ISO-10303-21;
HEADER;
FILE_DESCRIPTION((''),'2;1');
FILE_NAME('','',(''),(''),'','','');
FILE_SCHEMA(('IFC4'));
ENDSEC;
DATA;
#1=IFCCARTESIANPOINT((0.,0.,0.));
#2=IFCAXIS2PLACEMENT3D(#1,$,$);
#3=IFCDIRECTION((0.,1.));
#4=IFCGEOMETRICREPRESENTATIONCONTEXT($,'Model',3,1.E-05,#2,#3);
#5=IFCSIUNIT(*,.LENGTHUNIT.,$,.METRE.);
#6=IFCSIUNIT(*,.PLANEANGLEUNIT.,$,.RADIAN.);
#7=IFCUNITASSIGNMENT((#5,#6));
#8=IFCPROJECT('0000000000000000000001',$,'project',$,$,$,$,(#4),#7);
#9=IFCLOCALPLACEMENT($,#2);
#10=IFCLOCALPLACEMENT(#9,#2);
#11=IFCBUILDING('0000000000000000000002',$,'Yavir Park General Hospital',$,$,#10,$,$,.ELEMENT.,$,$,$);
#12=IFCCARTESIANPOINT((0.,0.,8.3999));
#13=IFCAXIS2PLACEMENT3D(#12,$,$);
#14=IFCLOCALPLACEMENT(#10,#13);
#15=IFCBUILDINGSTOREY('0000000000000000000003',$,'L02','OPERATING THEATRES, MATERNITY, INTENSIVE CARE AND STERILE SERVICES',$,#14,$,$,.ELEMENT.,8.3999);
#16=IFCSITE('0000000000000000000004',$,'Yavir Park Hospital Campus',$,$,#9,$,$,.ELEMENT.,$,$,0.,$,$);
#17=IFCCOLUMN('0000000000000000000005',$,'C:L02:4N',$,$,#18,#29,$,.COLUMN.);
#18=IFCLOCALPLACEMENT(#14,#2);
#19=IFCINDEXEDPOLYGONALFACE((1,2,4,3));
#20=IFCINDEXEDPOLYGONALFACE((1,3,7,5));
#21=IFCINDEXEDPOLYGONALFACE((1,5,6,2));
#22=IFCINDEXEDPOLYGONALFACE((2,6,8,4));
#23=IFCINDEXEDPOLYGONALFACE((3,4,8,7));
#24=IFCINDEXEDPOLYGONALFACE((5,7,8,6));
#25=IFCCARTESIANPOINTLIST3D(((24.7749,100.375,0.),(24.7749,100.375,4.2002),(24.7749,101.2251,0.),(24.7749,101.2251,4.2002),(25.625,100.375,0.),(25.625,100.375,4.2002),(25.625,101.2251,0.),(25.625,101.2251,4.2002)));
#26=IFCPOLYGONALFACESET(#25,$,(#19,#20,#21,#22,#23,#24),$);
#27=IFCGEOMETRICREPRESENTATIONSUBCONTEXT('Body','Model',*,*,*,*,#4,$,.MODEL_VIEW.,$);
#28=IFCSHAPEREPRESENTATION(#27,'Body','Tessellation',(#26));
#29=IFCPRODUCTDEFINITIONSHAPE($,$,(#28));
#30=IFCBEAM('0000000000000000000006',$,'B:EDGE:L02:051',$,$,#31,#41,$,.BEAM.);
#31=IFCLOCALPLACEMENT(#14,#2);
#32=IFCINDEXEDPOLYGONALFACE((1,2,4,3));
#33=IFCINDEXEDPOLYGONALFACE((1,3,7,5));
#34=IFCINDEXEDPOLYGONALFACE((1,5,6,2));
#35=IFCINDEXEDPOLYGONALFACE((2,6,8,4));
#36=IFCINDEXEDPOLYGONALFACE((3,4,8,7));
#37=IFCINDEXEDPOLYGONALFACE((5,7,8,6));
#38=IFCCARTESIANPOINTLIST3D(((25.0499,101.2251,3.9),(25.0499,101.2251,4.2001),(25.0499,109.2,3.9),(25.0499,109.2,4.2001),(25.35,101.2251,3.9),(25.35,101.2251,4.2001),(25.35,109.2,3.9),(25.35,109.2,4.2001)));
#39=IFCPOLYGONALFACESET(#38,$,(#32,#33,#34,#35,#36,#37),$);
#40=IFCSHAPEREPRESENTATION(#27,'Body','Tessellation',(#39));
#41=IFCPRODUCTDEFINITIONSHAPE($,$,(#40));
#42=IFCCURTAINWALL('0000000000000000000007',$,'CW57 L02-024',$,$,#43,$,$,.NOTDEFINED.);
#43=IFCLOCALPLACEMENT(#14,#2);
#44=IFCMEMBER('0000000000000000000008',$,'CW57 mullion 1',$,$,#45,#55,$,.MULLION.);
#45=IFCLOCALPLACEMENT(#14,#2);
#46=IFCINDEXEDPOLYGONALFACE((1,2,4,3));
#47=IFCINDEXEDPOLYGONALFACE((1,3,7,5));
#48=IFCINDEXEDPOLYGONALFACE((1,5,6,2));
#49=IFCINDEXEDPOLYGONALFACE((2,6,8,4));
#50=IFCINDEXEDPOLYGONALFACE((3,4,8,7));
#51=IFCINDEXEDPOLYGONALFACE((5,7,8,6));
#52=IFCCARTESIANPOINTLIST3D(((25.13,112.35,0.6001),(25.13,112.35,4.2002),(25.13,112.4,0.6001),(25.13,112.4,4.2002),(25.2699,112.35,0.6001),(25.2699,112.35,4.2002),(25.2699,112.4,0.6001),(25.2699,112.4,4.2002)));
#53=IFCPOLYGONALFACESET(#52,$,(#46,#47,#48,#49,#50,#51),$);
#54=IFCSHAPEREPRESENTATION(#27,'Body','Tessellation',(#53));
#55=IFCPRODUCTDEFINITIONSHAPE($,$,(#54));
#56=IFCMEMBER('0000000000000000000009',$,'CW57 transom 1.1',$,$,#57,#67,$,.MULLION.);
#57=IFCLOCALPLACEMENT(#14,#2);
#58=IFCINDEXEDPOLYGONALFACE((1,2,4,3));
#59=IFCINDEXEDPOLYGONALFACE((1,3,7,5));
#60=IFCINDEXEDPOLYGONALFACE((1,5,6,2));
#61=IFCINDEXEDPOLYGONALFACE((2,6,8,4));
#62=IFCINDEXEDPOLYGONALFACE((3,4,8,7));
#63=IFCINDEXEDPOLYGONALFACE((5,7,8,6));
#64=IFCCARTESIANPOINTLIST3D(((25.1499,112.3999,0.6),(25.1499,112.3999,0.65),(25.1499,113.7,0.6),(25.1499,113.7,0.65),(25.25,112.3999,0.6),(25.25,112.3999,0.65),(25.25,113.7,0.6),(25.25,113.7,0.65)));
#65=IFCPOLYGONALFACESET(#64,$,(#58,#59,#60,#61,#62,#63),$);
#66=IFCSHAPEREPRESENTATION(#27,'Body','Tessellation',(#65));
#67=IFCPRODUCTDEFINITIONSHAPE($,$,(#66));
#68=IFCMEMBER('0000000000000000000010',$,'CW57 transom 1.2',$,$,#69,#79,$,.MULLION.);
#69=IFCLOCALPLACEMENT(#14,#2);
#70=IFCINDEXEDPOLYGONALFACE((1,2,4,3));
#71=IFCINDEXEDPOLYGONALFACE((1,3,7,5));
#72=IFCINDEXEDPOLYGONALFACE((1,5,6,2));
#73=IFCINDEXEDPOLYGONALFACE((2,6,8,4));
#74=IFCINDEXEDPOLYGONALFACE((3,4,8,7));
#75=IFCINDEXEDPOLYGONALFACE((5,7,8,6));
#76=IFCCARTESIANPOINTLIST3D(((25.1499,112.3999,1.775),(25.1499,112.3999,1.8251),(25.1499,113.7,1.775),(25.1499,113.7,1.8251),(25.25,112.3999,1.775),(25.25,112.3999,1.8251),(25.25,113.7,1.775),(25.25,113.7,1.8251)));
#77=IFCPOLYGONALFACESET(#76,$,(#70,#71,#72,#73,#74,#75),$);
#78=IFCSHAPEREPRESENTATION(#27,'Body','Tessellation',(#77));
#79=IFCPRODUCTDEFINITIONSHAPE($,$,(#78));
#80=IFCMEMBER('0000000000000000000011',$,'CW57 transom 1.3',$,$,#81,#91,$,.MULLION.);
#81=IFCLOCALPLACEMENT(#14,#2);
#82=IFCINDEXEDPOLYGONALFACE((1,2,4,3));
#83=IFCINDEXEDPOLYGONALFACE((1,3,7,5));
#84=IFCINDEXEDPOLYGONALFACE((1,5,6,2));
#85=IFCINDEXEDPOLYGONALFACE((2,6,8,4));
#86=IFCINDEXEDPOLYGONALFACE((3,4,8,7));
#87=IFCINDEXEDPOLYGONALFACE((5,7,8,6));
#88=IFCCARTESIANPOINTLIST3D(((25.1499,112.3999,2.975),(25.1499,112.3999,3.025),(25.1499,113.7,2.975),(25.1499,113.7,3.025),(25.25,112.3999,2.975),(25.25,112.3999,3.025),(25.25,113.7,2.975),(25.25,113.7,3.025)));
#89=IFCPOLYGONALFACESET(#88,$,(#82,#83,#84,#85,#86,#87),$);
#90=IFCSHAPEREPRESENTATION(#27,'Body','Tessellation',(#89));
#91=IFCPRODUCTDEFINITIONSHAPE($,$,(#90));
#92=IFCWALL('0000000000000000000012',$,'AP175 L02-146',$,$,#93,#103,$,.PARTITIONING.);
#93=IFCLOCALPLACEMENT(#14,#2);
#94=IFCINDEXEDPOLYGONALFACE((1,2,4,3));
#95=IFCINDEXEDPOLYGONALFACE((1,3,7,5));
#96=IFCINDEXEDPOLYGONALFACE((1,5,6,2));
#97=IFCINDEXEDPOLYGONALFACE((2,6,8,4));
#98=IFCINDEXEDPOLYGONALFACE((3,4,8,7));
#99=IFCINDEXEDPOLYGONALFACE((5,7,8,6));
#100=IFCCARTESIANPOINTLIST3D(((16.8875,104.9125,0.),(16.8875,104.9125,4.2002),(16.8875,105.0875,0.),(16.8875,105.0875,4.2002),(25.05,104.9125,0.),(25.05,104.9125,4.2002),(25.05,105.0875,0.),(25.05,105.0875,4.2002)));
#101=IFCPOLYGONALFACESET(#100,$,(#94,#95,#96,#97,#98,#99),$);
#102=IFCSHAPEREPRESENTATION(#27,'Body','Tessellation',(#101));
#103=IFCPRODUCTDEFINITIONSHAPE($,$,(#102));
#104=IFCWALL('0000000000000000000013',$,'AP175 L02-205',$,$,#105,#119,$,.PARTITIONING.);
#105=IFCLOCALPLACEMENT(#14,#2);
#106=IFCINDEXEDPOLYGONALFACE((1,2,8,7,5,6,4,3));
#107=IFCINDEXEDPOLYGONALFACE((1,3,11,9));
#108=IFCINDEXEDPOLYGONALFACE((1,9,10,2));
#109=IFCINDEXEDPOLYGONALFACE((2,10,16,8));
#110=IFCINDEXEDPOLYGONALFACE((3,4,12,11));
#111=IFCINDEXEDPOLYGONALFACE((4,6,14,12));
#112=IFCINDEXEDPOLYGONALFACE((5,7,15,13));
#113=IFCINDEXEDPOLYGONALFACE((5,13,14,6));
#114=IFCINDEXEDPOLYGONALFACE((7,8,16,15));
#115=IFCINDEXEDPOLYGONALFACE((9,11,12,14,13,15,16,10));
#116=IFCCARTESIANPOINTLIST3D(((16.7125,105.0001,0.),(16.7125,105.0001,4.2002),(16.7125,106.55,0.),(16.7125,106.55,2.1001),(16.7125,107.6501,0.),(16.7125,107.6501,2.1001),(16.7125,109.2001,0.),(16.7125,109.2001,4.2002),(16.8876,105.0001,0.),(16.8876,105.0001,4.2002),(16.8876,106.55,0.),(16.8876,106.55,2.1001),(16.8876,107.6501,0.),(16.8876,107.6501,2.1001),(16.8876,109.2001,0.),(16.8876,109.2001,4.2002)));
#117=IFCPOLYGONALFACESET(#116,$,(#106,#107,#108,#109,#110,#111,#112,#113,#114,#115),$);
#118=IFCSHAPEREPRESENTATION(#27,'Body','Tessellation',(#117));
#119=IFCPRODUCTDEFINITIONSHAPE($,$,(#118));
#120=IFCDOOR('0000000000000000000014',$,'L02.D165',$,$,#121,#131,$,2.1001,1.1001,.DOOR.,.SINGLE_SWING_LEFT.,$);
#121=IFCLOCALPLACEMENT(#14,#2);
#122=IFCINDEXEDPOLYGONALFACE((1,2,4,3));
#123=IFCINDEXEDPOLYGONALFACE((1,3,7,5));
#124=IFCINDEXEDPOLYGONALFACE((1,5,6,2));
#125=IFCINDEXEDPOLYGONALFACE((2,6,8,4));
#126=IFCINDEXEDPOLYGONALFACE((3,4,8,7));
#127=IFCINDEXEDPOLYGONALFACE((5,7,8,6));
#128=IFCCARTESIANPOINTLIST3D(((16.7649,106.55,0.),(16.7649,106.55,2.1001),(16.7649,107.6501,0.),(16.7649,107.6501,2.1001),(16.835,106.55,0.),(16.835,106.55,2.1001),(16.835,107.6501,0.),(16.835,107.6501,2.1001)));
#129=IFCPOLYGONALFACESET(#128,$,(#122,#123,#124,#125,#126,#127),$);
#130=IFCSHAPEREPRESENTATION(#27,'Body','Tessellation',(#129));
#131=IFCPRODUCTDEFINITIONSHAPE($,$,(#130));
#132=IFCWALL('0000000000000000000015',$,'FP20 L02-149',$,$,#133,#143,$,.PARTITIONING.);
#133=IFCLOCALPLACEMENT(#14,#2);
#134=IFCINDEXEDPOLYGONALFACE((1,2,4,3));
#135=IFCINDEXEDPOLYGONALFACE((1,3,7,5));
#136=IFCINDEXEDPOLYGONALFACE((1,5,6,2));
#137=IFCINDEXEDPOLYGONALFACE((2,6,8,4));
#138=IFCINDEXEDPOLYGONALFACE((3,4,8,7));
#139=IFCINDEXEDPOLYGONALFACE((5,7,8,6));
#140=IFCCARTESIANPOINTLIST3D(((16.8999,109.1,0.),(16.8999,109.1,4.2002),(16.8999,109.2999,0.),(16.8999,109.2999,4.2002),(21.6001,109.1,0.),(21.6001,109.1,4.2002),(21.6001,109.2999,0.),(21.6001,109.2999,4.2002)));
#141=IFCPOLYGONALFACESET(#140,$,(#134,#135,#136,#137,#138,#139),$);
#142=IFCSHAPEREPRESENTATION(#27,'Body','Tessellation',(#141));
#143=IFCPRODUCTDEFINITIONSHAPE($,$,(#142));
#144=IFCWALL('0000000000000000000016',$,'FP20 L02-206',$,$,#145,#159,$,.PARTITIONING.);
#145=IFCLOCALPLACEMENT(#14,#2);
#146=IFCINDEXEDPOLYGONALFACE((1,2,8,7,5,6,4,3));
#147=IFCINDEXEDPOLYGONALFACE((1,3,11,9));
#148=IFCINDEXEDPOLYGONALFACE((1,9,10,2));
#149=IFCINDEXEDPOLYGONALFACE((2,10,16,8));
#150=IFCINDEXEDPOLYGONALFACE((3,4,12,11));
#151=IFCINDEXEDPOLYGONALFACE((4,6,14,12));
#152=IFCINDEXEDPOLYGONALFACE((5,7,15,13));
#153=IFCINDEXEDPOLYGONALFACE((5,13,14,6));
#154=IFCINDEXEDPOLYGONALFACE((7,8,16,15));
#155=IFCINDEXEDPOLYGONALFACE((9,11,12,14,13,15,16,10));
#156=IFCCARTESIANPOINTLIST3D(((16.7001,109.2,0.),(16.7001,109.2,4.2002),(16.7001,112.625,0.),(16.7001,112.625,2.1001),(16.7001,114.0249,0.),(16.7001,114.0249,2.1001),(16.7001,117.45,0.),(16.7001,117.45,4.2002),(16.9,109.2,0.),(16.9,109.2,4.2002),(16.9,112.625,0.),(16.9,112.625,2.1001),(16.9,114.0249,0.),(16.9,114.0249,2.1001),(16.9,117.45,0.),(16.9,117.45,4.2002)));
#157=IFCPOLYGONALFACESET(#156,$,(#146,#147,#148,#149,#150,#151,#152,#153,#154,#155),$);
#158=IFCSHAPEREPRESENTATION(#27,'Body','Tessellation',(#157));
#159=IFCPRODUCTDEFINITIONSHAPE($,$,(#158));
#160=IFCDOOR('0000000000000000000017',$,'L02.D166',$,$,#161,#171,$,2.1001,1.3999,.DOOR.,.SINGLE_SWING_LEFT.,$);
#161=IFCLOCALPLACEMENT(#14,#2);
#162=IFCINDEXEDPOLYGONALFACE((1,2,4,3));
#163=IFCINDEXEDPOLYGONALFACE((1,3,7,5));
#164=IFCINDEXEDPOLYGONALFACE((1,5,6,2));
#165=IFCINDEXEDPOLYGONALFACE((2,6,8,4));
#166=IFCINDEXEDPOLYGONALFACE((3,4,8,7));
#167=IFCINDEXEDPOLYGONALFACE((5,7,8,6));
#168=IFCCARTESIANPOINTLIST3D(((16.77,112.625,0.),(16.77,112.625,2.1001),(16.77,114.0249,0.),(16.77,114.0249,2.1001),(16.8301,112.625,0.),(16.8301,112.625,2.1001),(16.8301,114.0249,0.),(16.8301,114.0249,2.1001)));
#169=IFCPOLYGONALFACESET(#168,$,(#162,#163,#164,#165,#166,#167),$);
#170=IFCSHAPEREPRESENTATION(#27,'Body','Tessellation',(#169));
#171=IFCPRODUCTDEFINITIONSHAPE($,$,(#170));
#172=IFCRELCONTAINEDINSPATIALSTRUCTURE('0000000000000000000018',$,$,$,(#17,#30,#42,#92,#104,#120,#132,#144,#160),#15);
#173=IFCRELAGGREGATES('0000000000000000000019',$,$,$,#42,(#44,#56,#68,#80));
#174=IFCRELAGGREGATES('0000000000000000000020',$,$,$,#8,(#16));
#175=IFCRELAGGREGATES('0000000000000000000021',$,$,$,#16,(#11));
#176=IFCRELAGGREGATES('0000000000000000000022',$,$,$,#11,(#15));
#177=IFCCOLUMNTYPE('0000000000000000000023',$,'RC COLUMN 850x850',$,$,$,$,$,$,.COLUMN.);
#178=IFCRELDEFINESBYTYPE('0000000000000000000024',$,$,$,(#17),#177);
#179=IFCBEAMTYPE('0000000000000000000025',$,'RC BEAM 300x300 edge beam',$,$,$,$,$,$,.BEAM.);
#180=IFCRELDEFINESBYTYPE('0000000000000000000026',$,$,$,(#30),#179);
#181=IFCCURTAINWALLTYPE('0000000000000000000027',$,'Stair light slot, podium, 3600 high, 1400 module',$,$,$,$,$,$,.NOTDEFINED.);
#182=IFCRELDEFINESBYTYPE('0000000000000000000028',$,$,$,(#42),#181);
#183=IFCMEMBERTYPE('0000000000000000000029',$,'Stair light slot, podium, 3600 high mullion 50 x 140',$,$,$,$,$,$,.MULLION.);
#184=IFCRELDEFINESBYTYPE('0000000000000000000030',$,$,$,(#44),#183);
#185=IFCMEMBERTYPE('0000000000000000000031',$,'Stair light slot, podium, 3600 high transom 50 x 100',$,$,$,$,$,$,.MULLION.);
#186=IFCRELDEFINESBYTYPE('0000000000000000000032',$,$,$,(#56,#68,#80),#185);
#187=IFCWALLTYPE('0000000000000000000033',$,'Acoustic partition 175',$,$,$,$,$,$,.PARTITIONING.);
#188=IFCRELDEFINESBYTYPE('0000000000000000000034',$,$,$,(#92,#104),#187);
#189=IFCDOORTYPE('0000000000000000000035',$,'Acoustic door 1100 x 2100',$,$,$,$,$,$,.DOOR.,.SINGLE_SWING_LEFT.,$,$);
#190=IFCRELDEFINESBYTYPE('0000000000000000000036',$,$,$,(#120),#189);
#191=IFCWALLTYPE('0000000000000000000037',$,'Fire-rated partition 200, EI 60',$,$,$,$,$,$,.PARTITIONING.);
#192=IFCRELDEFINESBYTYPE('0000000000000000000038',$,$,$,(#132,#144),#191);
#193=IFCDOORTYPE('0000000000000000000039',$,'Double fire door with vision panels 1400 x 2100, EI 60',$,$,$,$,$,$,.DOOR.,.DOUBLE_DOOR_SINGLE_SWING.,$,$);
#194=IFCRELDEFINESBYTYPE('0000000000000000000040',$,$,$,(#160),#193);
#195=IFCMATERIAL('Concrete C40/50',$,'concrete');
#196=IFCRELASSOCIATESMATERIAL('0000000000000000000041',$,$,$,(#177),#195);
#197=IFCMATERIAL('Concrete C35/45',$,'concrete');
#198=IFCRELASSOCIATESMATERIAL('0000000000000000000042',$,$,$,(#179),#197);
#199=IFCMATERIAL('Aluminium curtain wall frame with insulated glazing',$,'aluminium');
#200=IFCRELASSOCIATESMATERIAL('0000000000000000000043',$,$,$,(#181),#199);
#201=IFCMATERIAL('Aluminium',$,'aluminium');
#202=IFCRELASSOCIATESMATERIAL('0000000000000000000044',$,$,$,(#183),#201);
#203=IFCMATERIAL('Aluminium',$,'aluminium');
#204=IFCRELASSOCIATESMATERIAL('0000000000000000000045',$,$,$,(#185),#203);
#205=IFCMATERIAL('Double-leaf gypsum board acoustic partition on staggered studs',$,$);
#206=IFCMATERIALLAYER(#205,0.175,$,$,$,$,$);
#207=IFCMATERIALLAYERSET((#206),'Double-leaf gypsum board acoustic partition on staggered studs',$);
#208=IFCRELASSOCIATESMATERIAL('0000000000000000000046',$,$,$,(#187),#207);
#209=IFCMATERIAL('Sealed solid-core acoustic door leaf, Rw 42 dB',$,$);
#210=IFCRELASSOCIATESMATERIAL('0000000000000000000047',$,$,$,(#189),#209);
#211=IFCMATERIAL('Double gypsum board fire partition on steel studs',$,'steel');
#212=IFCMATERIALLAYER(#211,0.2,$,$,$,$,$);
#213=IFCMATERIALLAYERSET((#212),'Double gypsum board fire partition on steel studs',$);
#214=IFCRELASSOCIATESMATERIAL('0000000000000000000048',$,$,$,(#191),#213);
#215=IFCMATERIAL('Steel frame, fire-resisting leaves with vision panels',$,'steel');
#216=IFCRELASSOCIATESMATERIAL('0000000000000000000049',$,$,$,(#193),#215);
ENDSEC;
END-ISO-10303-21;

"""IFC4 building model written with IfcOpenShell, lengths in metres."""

from ifc_helpers import new_model, si_unit, direction, frame, frame_2d, origin, origin_2d, place, context, subcontext, project, spatial, rectangle, extrude, material, layer, layer_set, material_profile, profile_set, type_object, element, fill, aggregate, save


model = new_model("IFC4")

# Units and contexts
model_context = context("Model", 3, precision=1e-05, world=origin(), true_north=direction((0.0, 1.0)))
body_context = subcontext(model_context, "Body", "Model", "MODEL_VIEW")
ifc_project = project(units=[si_unit("LENGTHUNIT", "METRE"), si_unit("PLANEANGLEUNIT", "RADIAN")], contexts=[model_context])

# Site, building, storey
site_placement = place(None, origin())
site = spatial("IfcSite", under=ifc_project, at=site_placement, Name="Yavir Park Hospital Campus", CompositionType="ELEMENT", RefElevation=0.0)
building_placement = place(site_placement, origin())
building = spatial("IfcBuilding", under=site, at=building_placement, Name="Yavir Park General Hospital", CompositionType="ELEMENT")
storey_placement = place(building_placement, frame((0.0, 0.0, 8.3999)))
storey = spatial("IfcBuildingStorey", under=building, at=storey_placement, Name="L02", Description="OPERATING THEATRES, MATERNITY, INTENSIVE CARE AND STERILE SERVICES", CompositionType="ELEMENT", Elevation=8.3999)

# Column
ifc_material_1 = material(Name="Concrete C40/50", Category="concrete")
ifc_material_profile_1 = material_profile(ifc_material_1, rectangle(XDim=0.8501, YDim=0.8501, at=origin_2d()), Name="RC850x850")
ifc_profile_set_1 = profile_set([ifc_material_profile_1], Name="Concrete C40/50")
column_type = type_object("IfcColumnType", Name="RC COLUMN 850x850", PredefinedType="COLUMN", material=ifc_profile_set_1)
column_placement = place(storey_placement, frame((25.2, 100.8, 0.0), z_axis=(0.0, 0.0, 1.0), x_axis=(1.0, 0.0, 0.0)))
element("IfcColumn", 1, at=column_placement, inside=storey, type_object=column_type, Name="C:L02:4N", PredefinedType="COLUMN", context=body_context, shape_type="SweptSolid", body=[
    extrude(rectangle(XDim=0.8501, YDim=0.8501, at=origin_2d()), origin(), (0.0, 0.0, 1.0), 4.2002),
])

# Beam
ifc_material_2 = material(Name="Concrete C35/45", Category="concrete")
ifc_material_profile_2 = material_profile(ifc_material_2, rectangle(XDim=0.3, YDim=0.3, at=origin_2d()), Name="RC300x300")
ifc_profile_set_2 = profile_set([ifc_material_profile_2], Name="Concrete C35/45")
beam_type = type_object("IfcBeamType", Name="RC BEAM 300x300 edge beam", PredefinedType="BEAM", material=ifc_profile_set_2)
beam_placement = place(storey_placement, frame((25.2, 101.2251, 4.05), z_axis=(0.0, 1.0, 0.0), x_axis=(-1.0, 0.0, 0.0)))
element("IfcBeam", 2, at=beam_placement, inside=storey, type_object=beam_type, Name="B:EDGE:L02:051", PredefinedType="BEAM", context=body_context, shape_type="SweptSolid", body=[
    extrude(rectangle(XDim=0.3, YDim=0.3, at=origin_2d()), origin(), (0.0, 0.0, 1.0), 7.9749),
])

# Curtain wall, members
ifc_material_3 = material(Name="Aluminium curtain wall frame with insulated glazing", Category="aluminium")
curtain_wall_type = type_object("IfcCurtainWallType", Name="Stair light slot, podium, 3600 high, 1400 module", PredefinedType="NOTDEFINED", material=ifc_material_3)
curtain_wall_placement = place(storey_placement, origin())
curtain_wall = element("IfcCurtainWall", 3, at=curtain_wall_placement, inside=storey, type_object=curtain_wall_type, Name="CW57 L02-024", PredefinedType="NOTDEFINED")
ifc_material_4 = material(Name="Aluminium", Category="aluminium")
ifc_material_profile_3 = material_profile(ifc_material_4, rectangle(XDim=0.1399, YDim=0.05, at=origin_2d()), Name="AL 50x140")
ifc_profile_set_3 = profile_set([ifc_material_profile_3], Name="Aluminium")
member_type_1 = type_object("IfcMemberType", Name="Stair light slot, podium, 3600 high mullion 50 x 140", PredefinedType="MULLION", material=ifc_profile_set_3)
member_1_placement = place(storey_placement, frame((25.2, 112.375, 0.6001), z_axis=(0.0, 0.0, 1.0), x_axis=(-1.0, 0.0, 0.0)))
member_1 = element("IfcMember", 4, at=member_1_placement, type_object=member_type_1, Name="CW57 mullion 1", PredefinedType="MULLION", context=body_context, shape_type="SweptSolid", body=[
    extrude(rectangle(XDim=0.1399, YDim=0.05, at=origin_2d()), origin(), (0.0, 0.0, 1.0), 3.6001),
])
ifc_material_5 = material(Name="Aluminium", Category="aluminium")
ifc_material_profile_4 = material_profile(ifc_material_5, rectangle(XDim=0.1001, YDim=0.05, at=origin_2d()), Name="AL 100x50")
ifc_profile_set_4 = profile_set([ifc_material_profile_4], Name="Aluminium")
member_type_2 = type_object("IfcMemberType", Name="Stair light slot, podium, 3600 high transom 50 x 100", PredefinedType="MULLION", material=ifc_profile_set_4)
member_2_placement = place(storey_placement, frame((25.2, 112.3999, 0.625), z_axis=(0.0, 1.0, 0.0), x_axis=(-1.0, 0.0, 0.0)))
member_2 = element("IfcMember", 5, at=member_2_placement, type_object=member_type_2, Name="CW57 transom 1.1", PredefinedType="MULLION", context=body_context, shape_type="SweptSolid", body=[
    extrude(rectangle(XDim=0.1001, YDim=0.05, at=origin_2d()), origin(), (0.0, 0.0, 1.0), 1.3),
])
member_3_placement = place(storey_placement, frame((25.2, 112.3999, 1.8), z_axis=(0.0, 1.0, 0.0), x_axis=(-1.0, 0.0, 0.0)))
member_3 = element("IfcMember", 6, at=member_3_placement, type_object=member_type_2, Name="CW57 transom 1.2", PredefinedType="MULLION", context=body_context, shape_type="SweptSolid", body=[
    extrude(rectangle(XDim=0.1001, YDim=0.05, at=origin_2d()), origin(), (0.0, 0.0, 1.0), 1.3),
])
member_4_placement = place(storey_placement, frame((25.2, 112.3999, 3.0), z_axis=(0.0, 1.0, 0.0), x_axis=(-1.0, 0.0, 0.0)))
member_4 = element("IfcMember", 7, at=member_4_placement, type_object=member_type_2, Name="CW57 transom 1.3", PredefinedType="MULLION", context=body_context, shape_type="SweptSolid", body=[
    extrude(rectangle(XDim=0.1001, YDim=0.05, at=origin_2d()), origin(), (0.0, 0.0, 1.0), 1.3),
])
aggregate(curtain_wall, [member_1, member_2, member_3, member_4])

# Wall
ifc_material_6 = material(Name="Double-leaf gypsum board acoustic partition on staggered studs")
ifc_layer_1 = layer(ifc_material_6, 0.175)
ifc_layer_set_1 = layer_set([ifc_layer_1], Name="Double-leaf gypsum board acoustic partition on staggered studs")
wall_type_1 = type_object("IfcWallType", Name="Acoustic partition 175", PredefinedType="PARTITIONING", material=ifc_layer_set_1)
wall_1_placement = place(storey_placement, frame((16.8875, 105.0, 0.0), z_axis=(0.0, 0.0, 1.0), x_axis=(1.0, 0.0, 0.0)))
element("IfcWall", 8, at=wall_1_placement, inside=storey, type_object=wall_type_1, Name="AP175 L02-146", PredefinedType="PARTITIONING", context=body_context, shape_type="SweptSolid", body=[
    extrude(rectangle(XDim=8.1626, YDim=0.175, at=frame_2d((4.0813, 0.0))), origin(), (0.0, 0.0, 1.0), 4.2002),
])

# Wall, opening, door
wall_2_placement = place(storey_placement, frame((16.8, 105.0, 0.0), z_axis=(0.0, 0.0, 1.0), x_axis=(0.0, 1.0, 0.0)))
wall_2 = element("IfcWall", 9, at=wall_2_placement, inside=storey, type_object=wall_type_1, Name="AP175 L02-205", PredefinedType="PARTITIONING", context=body_context, shape_type="SweptSolid", body=[
    extrude(rectangle(XDim=4.2, YDim=0.175, at=frame_2d((2.1001, 0.0))), origin(), (0.0, 0.0, 1.0), 4.2002),
])
opening_1_placement = place(wall_2_placement, frame((1.55, 0.0, 0.0)))
opening_1 = element("IfcOpeningElement", 10, at=opening_1_placement, cuts=wall_2, PredefinedType="OPENING", context=body_context, shape_type="SweptSolid", body=[
    extrude(rectangle(XDim=1.1001, YDim=2.1001, at=frame_2d((0.55, 1.05))), frame((0.0, 0.0974, 0.0), z_axis=(0.0, -1.0, 0.0), x_axis=(1.0, 0.0, 0.0)), (0.0, 0.0, 1.0), 0.1951),
])
ifc_material_7 = material(Name="Sealed solid-core acoustic door leaf, Rw 42 dB")
door_type_1 = type_object("IfcDoorType", Name="Acoustic door 1100 x 2100", OperationType="SINGLE_SWING_LEFT", PredefinedType="DOOR", material=ifc_material_7)
door_1_placement = place(opening_1_placement, origin())
door_1 = element("IfcDoor", 11, at=door_1_placement, inside=storey, type_object=door_type_1, Name="L02.D165", OperationType="SINGLE_SWING_LEFT", OverallHeight=2.1001, OverallWidth=1.1001, PredefinedType="DOOR", context=body_context, shape_type="SweptSolid", body=[
    extrude(rectangle(XDim=1.1001, YDim=2.1001, at=frame_2d((0.55, 1.05))), frame((0.0, 0.0352, 0.0), z_axis=(0.0, -1.0, 0.0), x_axis=(1.0, 0.0, 0.0)), (0.0, 0.0, 1.0), 0.0701),
])
fill(opening_1, door_1)

# Wall
ifc_material_8 = material(Name="Double gypsum board fire partition on steel studs", Category="steel")
ifc_layer_2 = layer(ifc_material_8, 0.2)
ifc_layer_set_2 = layer_set([ifc_layer_2], Name="Double gypsum board fire partition on steel studs")
wall_type_2 = type_object("IfcWallType", Name="Fire-rated partition 200, EI 60", PredefinedType="PARTITIONING", material=ifc_layer_set_2)
wall_3_placement = place(storey_placement, frame((16.8999, 109.2, 0.0), z_axis=(0.0, 0.0, 1.0), x_axis=(1.0, 0.0, 0.0)))
element("IfcWall", 12, at=wall_3_placement, inside=storey, type_object=wall_type_2, Name="FP20 L02-149", PredefinedType="PARTITIONING", context=body_context, shape_type="SweptSolid", body=[
    extrude(rectangle(XDim=4.7002, YDim=0.2, at=frame_2d((2.3501, 0.0))), origin(), (0.0, 0.0, 1.0), 4.2002),
])

# Wall, opening, door
wall_4_placement = place(storey_placement, frame((16.8, 109.2, 0.0), z_axis=(0.0, 0.0, 1.0), x_axis=(0.0, 1.0, 0.0)))
wall_4 = element("IfcWall", 13, at=wall_4_placement, inside=storey, type_object=wall_type_2, Name="FP20 L02-206", PredefinedType="PARTITIONING", context=body_context, shape_type="SweptSolid", body=[
    extrude(rectangle(XDim=8.25, YDim=0.2, at=frame_2d((4.125, 0.0))), origin(), (0.0, 0.0, 1.0), 4.2002),
])
opening_2_placement = place(wall_4_placement, frame((3.425, 0.0, 0.0)))
opening_2 = element("IfcOpeningElement", 14, at=opening_2_placement, cuts=wall_4, PredefinedType="OPENING", context=body_context, shape_type="SweptSolid", body=[
    extrude(rectangle(XDim=1.3999, YDim=2.1001, at=frame_2d((0.7, 1.05))), frame((0.0, 0.1099, 0.0), z_axis=(0.0, -1.0, 0.0), x_axis=(1.0, 0.0, 0.0)), (0.0, 0.0, 1.0), 0.22),
])
ifc_material_9 = material(Name="Steel frame, fire-resisting leaves with vision panels", Category="steel")
door_type_2 = type_object("IfcDoorType", Name="Double fire door with vision panels 1400 x 2100, EI 60", OperationType="DOUBLE_DOOR_SINGLE_SWING", PredefinedType="DOOR", material=ifc_material_9)
door_2_placement = place(opening_2_placement, origin())
door_2 = element("IfcDoor", 15, at=door_2_placement, inside=storey, type_object=door_type_2, Name="L02.D166", OperationType="SINGLE_SWING_LEFT", OverallHeight=2.1001, OverallWidth=1.3999, PredefinedType="DOOR", context=body_context, shape_type="SweptSolid", body=[
    extrude(rectangle(XDim=1.3999, YDim=2.1001, at=frame_2d((0.7, 1.05))), frame((0.0, 0.03, 0.0), z_axis=(0.0, -1.0, 0.0), x_axis=(1.0, 0.0, 0.0)), (0.0, 0.0, 1.0), 0.0601),
])
fill(opening_2, door_2)

save(model, "model.ifc")
